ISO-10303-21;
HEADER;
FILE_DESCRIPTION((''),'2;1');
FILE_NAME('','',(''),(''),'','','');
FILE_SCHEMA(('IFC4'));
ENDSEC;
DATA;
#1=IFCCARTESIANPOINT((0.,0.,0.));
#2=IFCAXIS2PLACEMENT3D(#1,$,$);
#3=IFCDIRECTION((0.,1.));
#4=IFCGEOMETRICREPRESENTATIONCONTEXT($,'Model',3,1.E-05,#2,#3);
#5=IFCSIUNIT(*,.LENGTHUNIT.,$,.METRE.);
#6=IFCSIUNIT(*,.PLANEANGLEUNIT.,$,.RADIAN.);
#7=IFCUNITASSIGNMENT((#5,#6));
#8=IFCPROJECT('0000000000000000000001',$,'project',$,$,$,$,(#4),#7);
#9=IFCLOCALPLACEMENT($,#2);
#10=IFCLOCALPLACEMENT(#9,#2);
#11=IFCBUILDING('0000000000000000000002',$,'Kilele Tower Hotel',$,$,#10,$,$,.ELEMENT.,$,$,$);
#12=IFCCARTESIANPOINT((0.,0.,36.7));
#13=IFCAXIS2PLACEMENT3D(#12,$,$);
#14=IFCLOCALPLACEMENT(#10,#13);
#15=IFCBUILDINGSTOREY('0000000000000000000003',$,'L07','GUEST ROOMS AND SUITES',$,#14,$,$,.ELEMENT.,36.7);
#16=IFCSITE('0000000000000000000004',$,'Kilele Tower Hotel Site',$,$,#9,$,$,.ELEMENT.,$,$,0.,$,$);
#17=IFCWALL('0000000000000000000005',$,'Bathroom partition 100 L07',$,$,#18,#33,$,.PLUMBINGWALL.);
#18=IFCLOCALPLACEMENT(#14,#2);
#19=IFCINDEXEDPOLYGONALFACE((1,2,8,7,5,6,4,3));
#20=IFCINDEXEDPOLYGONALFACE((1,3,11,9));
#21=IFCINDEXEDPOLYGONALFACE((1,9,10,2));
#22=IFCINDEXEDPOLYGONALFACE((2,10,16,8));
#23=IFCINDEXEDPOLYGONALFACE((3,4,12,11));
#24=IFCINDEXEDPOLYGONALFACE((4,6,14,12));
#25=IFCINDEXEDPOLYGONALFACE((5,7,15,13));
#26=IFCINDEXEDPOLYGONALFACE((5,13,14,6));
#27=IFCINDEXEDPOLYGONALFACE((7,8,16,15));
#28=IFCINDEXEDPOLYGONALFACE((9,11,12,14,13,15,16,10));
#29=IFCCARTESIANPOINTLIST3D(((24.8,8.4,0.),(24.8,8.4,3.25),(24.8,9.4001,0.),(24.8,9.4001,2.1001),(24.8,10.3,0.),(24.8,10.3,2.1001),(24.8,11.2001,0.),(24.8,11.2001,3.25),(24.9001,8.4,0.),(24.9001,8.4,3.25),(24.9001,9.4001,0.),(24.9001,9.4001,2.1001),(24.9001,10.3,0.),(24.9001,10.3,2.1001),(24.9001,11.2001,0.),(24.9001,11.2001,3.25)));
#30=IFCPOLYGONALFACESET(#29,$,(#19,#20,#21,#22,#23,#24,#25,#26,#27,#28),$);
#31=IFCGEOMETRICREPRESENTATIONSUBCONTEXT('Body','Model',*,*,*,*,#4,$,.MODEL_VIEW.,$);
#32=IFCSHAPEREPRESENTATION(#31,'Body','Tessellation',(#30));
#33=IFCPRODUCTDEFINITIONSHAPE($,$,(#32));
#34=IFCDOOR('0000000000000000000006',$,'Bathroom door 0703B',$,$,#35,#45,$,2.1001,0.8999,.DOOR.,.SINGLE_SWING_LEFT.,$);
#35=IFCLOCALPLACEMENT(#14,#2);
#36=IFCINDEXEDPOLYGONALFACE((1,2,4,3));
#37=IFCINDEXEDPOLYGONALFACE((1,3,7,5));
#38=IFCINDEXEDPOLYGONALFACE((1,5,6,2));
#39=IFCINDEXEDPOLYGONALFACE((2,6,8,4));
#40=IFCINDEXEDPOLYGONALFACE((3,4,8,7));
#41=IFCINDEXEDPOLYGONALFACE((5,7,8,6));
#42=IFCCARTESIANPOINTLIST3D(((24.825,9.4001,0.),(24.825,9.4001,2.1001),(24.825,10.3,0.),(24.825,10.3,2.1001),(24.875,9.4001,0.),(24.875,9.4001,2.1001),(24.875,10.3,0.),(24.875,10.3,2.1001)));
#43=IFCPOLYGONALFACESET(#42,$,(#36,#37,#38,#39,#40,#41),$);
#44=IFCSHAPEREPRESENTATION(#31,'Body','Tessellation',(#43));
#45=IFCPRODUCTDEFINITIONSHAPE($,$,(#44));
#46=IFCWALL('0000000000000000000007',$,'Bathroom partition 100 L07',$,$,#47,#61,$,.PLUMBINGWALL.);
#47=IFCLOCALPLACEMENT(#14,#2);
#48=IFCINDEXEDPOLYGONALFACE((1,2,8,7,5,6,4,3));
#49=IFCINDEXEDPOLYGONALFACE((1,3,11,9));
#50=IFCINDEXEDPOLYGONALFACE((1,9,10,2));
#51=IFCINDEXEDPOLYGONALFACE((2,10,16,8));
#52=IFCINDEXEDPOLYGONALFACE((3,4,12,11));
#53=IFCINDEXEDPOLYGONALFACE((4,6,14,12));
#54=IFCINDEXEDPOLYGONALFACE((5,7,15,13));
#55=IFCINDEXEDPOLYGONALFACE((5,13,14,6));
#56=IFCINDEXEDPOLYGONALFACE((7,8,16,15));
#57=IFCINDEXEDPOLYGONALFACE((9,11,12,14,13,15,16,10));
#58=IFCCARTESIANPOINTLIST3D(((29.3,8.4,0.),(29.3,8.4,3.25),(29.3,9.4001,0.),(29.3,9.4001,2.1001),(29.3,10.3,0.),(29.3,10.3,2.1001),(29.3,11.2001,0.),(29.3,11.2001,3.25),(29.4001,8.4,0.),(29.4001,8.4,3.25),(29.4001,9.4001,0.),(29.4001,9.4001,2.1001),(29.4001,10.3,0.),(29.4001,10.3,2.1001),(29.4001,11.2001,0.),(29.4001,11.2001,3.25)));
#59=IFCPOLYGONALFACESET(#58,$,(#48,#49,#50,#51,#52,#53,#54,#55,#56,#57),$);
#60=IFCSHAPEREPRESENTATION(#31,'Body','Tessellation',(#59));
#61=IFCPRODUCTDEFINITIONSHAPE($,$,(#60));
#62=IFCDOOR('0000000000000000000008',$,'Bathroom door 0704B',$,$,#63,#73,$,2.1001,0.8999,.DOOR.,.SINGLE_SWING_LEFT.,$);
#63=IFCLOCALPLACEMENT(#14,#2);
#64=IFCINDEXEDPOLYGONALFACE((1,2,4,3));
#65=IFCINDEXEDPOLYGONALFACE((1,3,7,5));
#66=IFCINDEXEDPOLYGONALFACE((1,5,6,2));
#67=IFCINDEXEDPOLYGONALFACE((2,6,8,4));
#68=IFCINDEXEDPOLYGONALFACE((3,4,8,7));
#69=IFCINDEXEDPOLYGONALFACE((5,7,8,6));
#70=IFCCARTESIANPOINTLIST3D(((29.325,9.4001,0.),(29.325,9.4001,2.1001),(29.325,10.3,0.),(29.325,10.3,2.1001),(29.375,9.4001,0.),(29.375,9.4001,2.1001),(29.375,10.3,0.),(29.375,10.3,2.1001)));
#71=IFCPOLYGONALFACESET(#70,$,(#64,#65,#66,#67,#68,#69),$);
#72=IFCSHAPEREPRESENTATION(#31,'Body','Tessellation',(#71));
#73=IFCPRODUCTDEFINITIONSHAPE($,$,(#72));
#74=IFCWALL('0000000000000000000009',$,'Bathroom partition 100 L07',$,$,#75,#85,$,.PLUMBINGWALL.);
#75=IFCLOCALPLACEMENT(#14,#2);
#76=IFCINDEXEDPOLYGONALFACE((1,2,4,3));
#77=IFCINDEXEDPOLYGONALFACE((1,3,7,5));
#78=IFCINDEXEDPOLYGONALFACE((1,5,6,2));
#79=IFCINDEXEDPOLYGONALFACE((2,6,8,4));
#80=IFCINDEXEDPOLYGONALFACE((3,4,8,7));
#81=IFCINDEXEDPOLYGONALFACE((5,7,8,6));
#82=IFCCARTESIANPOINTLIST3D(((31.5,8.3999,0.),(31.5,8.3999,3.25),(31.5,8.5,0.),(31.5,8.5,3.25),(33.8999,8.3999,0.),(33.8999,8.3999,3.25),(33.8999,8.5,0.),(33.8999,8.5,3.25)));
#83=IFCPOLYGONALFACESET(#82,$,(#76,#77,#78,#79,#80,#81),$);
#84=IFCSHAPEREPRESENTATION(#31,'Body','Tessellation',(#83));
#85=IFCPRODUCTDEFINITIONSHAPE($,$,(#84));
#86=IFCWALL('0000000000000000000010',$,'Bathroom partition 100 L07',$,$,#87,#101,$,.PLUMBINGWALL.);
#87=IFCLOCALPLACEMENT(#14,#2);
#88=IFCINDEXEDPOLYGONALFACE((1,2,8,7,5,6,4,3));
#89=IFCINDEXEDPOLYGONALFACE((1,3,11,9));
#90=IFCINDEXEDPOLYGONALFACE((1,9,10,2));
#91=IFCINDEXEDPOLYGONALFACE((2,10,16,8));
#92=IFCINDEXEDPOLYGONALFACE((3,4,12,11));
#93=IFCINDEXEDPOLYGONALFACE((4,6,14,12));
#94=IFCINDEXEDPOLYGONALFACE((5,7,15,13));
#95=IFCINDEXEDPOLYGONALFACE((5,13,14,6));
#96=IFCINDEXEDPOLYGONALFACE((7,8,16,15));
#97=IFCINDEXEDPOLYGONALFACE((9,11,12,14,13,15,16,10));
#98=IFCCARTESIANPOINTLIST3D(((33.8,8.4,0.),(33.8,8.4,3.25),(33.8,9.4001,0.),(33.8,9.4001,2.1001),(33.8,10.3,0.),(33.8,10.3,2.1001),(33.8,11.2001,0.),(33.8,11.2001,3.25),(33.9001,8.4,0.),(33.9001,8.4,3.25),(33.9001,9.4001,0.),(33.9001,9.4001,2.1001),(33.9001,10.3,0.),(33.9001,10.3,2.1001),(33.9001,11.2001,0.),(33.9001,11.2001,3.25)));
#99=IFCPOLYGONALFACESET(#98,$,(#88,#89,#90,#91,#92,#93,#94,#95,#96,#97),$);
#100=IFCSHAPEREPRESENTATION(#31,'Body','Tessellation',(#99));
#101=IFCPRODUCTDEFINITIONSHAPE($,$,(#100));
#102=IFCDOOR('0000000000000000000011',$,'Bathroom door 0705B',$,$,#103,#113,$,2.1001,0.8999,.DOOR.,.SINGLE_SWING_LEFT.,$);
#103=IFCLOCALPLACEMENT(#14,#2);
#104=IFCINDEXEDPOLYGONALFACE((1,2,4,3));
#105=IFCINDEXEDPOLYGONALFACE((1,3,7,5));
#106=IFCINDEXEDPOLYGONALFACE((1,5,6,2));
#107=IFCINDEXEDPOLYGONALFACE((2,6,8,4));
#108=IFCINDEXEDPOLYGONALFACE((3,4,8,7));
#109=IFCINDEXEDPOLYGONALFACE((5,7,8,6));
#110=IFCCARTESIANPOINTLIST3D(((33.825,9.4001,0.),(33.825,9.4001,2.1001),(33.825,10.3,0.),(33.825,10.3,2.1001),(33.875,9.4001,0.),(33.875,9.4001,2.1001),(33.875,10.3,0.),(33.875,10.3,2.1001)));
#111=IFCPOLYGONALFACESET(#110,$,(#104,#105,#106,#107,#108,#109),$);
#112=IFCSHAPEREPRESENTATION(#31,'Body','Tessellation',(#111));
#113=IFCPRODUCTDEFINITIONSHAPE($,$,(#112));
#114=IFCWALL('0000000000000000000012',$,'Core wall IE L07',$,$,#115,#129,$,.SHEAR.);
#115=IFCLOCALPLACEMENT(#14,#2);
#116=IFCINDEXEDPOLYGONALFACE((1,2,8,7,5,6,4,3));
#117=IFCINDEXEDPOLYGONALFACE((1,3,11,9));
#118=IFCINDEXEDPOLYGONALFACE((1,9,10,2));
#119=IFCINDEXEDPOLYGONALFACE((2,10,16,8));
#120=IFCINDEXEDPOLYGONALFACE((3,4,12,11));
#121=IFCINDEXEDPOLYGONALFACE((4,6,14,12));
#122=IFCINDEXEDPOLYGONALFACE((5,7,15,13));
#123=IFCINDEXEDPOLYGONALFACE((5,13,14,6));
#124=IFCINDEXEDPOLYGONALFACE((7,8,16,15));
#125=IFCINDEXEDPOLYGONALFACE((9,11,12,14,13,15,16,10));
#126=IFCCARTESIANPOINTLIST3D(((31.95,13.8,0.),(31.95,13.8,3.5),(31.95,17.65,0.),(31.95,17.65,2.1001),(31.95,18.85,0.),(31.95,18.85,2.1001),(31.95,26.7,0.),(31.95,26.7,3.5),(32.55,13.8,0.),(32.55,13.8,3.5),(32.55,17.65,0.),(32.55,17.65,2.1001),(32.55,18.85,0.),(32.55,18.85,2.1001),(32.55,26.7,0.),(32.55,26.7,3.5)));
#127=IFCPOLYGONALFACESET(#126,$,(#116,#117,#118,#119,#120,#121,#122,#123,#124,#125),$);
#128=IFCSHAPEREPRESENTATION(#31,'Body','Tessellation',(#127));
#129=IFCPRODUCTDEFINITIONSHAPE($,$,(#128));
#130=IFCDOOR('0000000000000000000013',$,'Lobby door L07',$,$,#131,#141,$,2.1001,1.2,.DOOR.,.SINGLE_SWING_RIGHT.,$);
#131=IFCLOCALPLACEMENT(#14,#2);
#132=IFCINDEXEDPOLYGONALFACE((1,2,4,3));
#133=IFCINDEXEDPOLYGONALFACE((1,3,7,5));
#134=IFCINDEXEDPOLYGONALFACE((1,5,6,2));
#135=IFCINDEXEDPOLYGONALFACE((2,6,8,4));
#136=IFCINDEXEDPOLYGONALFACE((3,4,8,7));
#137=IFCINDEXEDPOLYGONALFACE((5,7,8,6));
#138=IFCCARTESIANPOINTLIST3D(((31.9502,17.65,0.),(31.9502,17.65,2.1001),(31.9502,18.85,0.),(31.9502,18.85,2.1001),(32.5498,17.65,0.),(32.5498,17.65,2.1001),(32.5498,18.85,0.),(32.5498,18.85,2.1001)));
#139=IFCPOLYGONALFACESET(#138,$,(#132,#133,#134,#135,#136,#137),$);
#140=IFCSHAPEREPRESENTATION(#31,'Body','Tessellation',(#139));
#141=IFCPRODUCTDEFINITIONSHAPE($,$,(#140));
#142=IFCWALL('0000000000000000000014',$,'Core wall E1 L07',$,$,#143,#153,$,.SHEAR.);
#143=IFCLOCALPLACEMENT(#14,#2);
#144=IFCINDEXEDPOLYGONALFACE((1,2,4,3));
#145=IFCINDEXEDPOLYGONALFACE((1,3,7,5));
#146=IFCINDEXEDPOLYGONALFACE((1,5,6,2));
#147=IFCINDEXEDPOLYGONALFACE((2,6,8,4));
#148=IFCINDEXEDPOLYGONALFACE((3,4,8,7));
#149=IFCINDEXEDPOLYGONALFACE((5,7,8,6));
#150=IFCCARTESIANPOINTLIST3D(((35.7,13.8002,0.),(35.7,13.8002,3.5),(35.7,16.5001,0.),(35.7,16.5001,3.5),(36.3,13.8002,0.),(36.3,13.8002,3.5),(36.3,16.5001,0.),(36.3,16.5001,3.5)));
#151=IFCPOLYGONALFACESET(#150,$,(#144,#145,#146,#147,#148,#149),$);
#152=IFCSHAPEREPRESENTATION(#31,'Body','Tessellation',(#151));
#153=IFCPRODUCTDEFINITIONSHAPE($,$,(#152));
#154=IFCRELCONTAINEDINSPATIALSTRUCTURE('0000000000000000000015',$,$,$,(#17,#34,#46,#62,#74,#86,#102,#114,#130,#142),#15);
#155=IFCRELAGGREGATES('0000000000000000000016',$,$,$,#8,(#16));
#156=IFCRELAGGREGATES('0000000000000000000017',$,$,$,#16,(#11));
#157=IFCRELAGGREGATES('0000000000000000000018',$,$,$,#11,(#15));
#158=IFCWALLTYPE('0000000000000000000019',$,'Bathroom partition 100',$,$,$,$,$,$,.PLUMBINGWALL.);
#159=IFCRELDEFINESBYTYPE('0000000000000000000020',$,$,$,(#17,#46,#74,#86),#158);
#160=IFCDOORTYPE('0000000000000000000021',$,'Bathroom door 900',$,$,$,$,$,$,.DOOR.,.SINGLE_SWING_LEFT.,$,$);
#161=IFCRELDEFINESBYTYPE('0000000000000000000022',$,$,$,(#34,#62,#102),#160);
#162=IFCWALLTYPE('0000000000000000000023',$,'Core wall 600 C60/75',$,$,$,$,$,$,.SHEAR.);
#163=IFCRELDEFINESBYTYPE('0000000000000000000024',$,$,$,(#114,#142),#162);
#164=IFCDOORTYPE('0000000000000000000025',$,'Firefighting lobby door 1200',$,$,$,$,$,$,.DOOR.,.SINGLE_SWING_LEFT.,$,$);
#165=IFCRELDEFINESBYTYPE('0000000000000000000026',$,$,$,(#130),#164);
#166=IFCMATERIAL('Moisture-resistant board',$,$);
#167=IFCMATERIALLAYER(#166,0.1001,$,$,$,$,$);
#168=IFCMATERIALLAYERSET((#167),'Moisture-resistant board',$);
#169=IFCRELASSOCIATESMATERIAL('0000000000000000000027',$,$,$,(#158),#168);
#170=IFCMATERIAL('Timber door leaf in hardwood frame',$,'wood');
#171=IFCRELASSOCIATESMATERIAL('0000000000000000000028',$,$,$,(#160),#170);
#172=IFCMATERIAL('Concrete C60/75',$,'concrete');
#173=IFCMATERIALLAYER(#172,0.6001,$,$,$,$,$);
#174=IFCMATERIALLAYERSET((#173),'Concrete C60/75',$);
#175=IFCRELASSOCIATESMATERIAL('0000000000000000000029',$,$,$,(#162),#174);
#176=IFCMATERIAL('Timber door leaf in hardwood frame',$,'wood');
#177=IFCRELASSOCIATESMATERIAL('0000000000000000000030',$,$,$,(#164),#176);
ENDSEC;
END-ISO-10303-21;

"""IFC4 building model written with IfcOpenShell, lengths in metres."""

from ifc_helpers import new_model, si_unit, direction, frame, frame_2d, origin, place, context, subcontext, project, spatial, rectangle, extrude, material, layer, layer_set, type_object, element, fill, save


model = new_model("IFC4")

# Units and contexts
model_context = context("Model", 3, precision=1e-05, world=origin(), true_north=direction((0.0, 1.0)))
body_context = subcontext(model_context, "Body", "Model", "MODEL_VIEW")
ifc_project = project(units=[si_unit("LENGTHUNIT", "METRE"), si_unit("PLANEANGLEUNIT", "RADIAN")], contexts=[model_context])

# Site, building, storey
site_placement = place(None, origin())
site = spatial("IfcSite", under=ifc_project, at=site_placement, Name="Kilele Tower Hotel Site", CompositionType="ELEMENT", RefElevation=0.0)
building_placement = place(site_placement, origin())
building = spatial("IfcBuilding", under=site, at=building_placement, Name="Kilele Tower Hotel", CompositionType="ELEMENT")
storey_placement = place(building_placement, frame((0.0, 0.0, 36.7)))
storey = spatial("IfcBuildingStorey", under=building, at=storey_placement, Name="L07", Description="GUEST ROOMS AND SUITES", CompositionType="ELEMENT", Elevation=36.7)

# Walls, openings, doors
ifc_material_1 = material(Name="Moisture-resistant board")
ifc_layer_1 = layer(ifc_material_1, 0.1001)
ifc_layer_set_1 = layer_set([ifc_layer_1], Name="Moisture-resistant board")
wall_type_1 = type_object("IfcWallType", Name="Bathroom partition 100", PredefinedType="PLUMBINGWALL", material=ifc_layer_set_1)
wall_1_placement = place(storey_placement, frame((24.8501, 11.2, 0.0), z_axis=(0.0, 0.0, 1.0), x_axis=(0.0, -1.0, 0.0)))
wall_1 = element("IfcWall", 1, at=wall_1_placement, inside=storey, type_object=wall_type_1, Name="Bathroom partition 100 L07", PredefinedType="PLUMBINGWALL", context=body_context, shape_type="SweptSolid", body=[
    extrude(rectangle(XDim=2.8, YDim=0.1001, at=frame_2d((1.3999, 0.0))), origin(), (0.0, 0.0, 1.0), 3.25),
])
opening_1_placement = place(wall_1_placement, frame((0.8999, 0.0, 0.0)))
opening_1 = element("IfcOpeningElement", 2, at=opening_1_placement, cuts=wall_1, PredefinedType="OPENING", context=body_context, shape_type="SweptSolid", body=[
    extrude(rectangle(XDim=0.8999, YDim=2.1001, at=frame_2d((0.45, 1.05))), frame((0.0, 0.0601, 0.0), z_axis=(0.0, -1.0, 0.0), x_axis=(1.0, 0.0, 0.0)), (0.0, 0.0, 1.0), 0.1201),
])
ifc_material_2 = material(Name="Timber door leaf in hardwood frame", Category="wood")
door_type_1 = type_object("IfcDoorType", Name="Bathroom door 900", OperationType="SINGLE_SWING_LEFT", PredefinedType="DOOR", material=ifc_material_2)
door_1_placement = place(opening_1_placement, origin())
door_1 = element("IfcDoor", 3, at=door_1_placement, inside=storey, type_object=door_type_1, Name="Bathroom door 0703B", OperationType="SINGLE_SWING_LEFT", OverallHeight=2.1001, OverallWidth=0.8999, PredefinedType="DOOR", context=body_context, shape_type="SweptSolid", body=[
    extrude(rectangle(XDim=0.8999, YDim=2.1001, at=frame_2d((0.45, 1.05))), frame((0.0, 0.0249, 0.0), z_axis=(0.0, -1.0, 0.0), x_axis=(1.0, 0.0, 0.0)), (0.0, 0.0, 1.0), 0.05),
])
fill(opening_1, door_1)
wall_2_placement = place(storey_placement, frame((29.3501, 11.2, 0.0), z_axis=(0.0, 0.0, 1.0), x_axis=(0.0, -1.0, 0.0)))
wall_2 = element("IfcWall", 4, at=wall_2_placement, inside=storey, type_object=wall_type_1, Name="Bathroom partition 100 L07", PredefinedType="PLUMBINGWALL", context=body_context, shape_type="SweptSolid", body=[
    extrude(rectangle(XDim=2.8, YDim=0.1001, at=frame_2d((1.3999, 0.0))), origin(), (0.0, 0.0, 1.0), 3.25),
])
opening_2_placement = place(wall_2_placement, frame((0.8999, 0.0, 0.0)))
opening_2 = element("IfcOpeningElement", 5, at=opening_2_placement, cuts=wall_2, PredefinedType="OPENING", context=body_context, shape_type="SweptSolid", body=[
    extrude(rectangle(XDim=0.8999, YDim=2.1001, at=frame_2d((0.45, 1.05))), frame((0.0, 0.0601, 0.0), z_axis=(0.0, -1.0, 0.0), x_axis=(1.0, 0.0, 0.0)), (0.0, 0.0, 1.0), 0.1201),
])
door_2_placement = place(opening_2_placement, origin())
door_2 = element("IfcDoor", 6, at=door_2_placement, inside=storey, type_object=door_type_1, Name="Bathroom door 0704B", OperationType="SINGLE_SWING_LEFT", OverallHeight=2.1001, OverallWidth=0.8999, PredefinedType="DOOR", context=body_context, shape_type="SweptSolid", body=[
    extrude(rectangle(XDim=0.8999, YDim=2.1001, at=frame_2d((0.45, 1.05))), frame((0.0, 0.0249, 0.0), z_axis=(0.0, -1.0, 0.0), x_axis=(1.0, 0.0, 0.0)), (0.0, 0.0, 1.0), 0.05),
])
fill(opening_2, door_2)

# Wall
wall_3_placement = place(storey_placement, frame((31.5, 8.45, 0.0), z_axis=(0.0, 0.0, 1.0), x_axis=(1.0, 0.0, 0.0)))
element("IfcWall", 7, at=wall_3_placement, inside=storey, type_object=wall_type_1, Name="Bathroom partition 100 L07", PredefinedType="PLUMBINGWALL", context=body_context, shape_type="SweptSolid", body=[
    extrude(rectangle(XDim=2.3999, YDim=0.1001, at=frame_2d((1.2, 0.0))), origin(), (0.0, 0.0, 1.0), 3.25),
])

# Walls, openings, doors
wall_4_placement = place(storey_placement, frame((33.8501, 11.2, 0.0), z_axis=(0.0, 0.0, 1.0), x_axis=(0.0, -1.0, 0.0)))
wall_4 = element("IfcWall", 8, at=wall_4_placement, inside=storey, type_object=wall_type_1, Name="Bathroom partition 100 L07", PredefinedType="PLUMBINGWALL", context=body_context, shape_type="SweptSolid", body=[
    extrude(rectangle(XDim=2.8, YDim=0.1001, at=frame_2d((1.3999, 0.0))), origin(), (0.0, 0.0, 1.0), 3.25),
])
opening_3_placement = place(wall_4_placement, frame((0.8999, 0.0, 0.0)))
opening_3 = element("IfcOpeningElement", 9, at=opening_3_placement, cuts=wall_4, PredefinedType="OPENING", context=body_context, shape_type="SweptSolid", body=[
    extrude(rectangle(XDim=0.8999, YDim=2.1001, at=frame_2d((0.45, 1.05))), frame((0.0, 0.0601, 0.0), z_axis=(0.0, -1.0, 0.0), x_axis=(1.0, 0.0, 0.0)), (0.0, 0.0, 1.0), 0.1201),
])
door_3_placement = place(opening_3_placement, origin())
door_3 = element("IfcDoor", 10, at=door_3_placement, inside=storey, type_object=door_type_1, Name="Bathroom door 0705B", OperationType="SINGLE_SWING_LEFT", OverallHeight=2.1001, OverallWidth=0.8999, PredefinedType="DOOR", context=body_context, shape_type="SweptSolid", body=[
    extrude(rectangle(XDim=0.8999, YDim=2.1001, at=frame_2d((0.45, 1.05))), frame((0.0, 0.0249, 0.0), z_axis=(0.0, -1.0, 0.0), x_axis=(1.0, 0.0, 0.0)), (0.0, 0.0, 1.0), 0.05),
])
fill(opening_3, door_3)
ifc_material_3 = material(Name="Concrete C60/75", Category="concrete")
ifc_layer_2 = layer(ifc_material_3, 0.6001)
ifc_layer_set_2 = layer_set([ifc_layer_2], Name="Concrete C60/75")
wall_type_2 = type_object("IfcWallType", Name="Core wall 600 C60/75", PredefinedType="SHEAR", material=ifc_layer_set_2)
wall_5_placement = place(storey_placement, frame((32.25, 13.8, 0.0), z_axis=(0.0, 0.0, 1.0), x_axis=(0.0, 1.0, 0.0)))
wall_5 = element("IfcWall", 11, at=wall_5_placement, inside=storey, type_object=wall_type_2, Name="Core wall IE L07", PredefinedType="SHEAR", context=body_context, shape_type="SweptSolid", body=[
    extrude(rectangle(XDim=12.8999, YDim=0.6001, at=frame_2d((6.45, 0.0))), origin(), (0.0, 0.0, 1.0), 3.5),
])
opening_4_placement = place(wall_5_placement, frame((5.05, 0.0, 0.0), z_axis=(0.0, 0.0, 1.0), x_axis=(-1.0, 0.0, 0.0)))
opening_4 = element("IfcOpeningElement", 12, at=opening_4_placement, cuts=wall_5, PredefinedType="OPENING", context=body_context, shape_type="SweptSolid", body=[
    extrude(rectangle(XDim=1.2, YDim=2.1001, at=frame_2d((0.6001, 1.05))), frame((0.0, 0.3101, 0.0), z_axis=(0.0, -1.0, 0.0), x_axis=(1.0, 0.0, 0.0)), (0.0, 0.0, 1.0), 0.6201),
])
ifc_material_4 = material(Name="Timber door leaf in hardwood frame", Category="wood")
door_type_2 = type_object("IfcDoorType", Name="Firefighting lobby door 1200", OperationType="SINGLE_SWING_LEFT", PredefinedType="DOOR", material=ifc_material_4)
door_4_placement = place(opening_4_placement, origin())
door_4 = element("IfcDoor", 13, at=door_4_placement, inside=storey, type_object=door_type_2, Name="Lobby door L07", OperationType="SINGLE_SWING_RIGHT", OverallHeight=2.1001, OverallWidth=1.2, PredefinedType="DOOR", context=body_context, shape_type="SweptSolid", body=[
    extrude(rectangle(XDim=1.2, YDim=2.1001, at=frame_2d((0.6001, 1.05))), frame((0.0, 0.2998, 0.0), z_axis=(0.0, -1.0, 0.0), x_axis=(1.0, 0.0, 0.0)), (0.0, 0.0, 1.0), 0.5996),
])
fill(opening_4, door_4)

# Wall
wall_6_placement = place(storey_placement, frame((36.0, 13.8, 0.0), z_axis=(0.0, 0.0, 1.0), x_axis=(0.0, 1.0, 0.0)))
element("IfcWall", 14, at=wall_6_placement, inside=storey, type_object=wall_type_2, Name="Core wall E1 L07", PredefinedType="SHEAR", context=body_context, shape_type="SweptSolid", body=[
    extrude(rectangle(XDim=2.7, YDim=0.6001, at=frame_2d((1.3501, 0.0))), origin(), (0.0, 0.0, 1.0), 3.5),
])

save(model, "model.ifc")
